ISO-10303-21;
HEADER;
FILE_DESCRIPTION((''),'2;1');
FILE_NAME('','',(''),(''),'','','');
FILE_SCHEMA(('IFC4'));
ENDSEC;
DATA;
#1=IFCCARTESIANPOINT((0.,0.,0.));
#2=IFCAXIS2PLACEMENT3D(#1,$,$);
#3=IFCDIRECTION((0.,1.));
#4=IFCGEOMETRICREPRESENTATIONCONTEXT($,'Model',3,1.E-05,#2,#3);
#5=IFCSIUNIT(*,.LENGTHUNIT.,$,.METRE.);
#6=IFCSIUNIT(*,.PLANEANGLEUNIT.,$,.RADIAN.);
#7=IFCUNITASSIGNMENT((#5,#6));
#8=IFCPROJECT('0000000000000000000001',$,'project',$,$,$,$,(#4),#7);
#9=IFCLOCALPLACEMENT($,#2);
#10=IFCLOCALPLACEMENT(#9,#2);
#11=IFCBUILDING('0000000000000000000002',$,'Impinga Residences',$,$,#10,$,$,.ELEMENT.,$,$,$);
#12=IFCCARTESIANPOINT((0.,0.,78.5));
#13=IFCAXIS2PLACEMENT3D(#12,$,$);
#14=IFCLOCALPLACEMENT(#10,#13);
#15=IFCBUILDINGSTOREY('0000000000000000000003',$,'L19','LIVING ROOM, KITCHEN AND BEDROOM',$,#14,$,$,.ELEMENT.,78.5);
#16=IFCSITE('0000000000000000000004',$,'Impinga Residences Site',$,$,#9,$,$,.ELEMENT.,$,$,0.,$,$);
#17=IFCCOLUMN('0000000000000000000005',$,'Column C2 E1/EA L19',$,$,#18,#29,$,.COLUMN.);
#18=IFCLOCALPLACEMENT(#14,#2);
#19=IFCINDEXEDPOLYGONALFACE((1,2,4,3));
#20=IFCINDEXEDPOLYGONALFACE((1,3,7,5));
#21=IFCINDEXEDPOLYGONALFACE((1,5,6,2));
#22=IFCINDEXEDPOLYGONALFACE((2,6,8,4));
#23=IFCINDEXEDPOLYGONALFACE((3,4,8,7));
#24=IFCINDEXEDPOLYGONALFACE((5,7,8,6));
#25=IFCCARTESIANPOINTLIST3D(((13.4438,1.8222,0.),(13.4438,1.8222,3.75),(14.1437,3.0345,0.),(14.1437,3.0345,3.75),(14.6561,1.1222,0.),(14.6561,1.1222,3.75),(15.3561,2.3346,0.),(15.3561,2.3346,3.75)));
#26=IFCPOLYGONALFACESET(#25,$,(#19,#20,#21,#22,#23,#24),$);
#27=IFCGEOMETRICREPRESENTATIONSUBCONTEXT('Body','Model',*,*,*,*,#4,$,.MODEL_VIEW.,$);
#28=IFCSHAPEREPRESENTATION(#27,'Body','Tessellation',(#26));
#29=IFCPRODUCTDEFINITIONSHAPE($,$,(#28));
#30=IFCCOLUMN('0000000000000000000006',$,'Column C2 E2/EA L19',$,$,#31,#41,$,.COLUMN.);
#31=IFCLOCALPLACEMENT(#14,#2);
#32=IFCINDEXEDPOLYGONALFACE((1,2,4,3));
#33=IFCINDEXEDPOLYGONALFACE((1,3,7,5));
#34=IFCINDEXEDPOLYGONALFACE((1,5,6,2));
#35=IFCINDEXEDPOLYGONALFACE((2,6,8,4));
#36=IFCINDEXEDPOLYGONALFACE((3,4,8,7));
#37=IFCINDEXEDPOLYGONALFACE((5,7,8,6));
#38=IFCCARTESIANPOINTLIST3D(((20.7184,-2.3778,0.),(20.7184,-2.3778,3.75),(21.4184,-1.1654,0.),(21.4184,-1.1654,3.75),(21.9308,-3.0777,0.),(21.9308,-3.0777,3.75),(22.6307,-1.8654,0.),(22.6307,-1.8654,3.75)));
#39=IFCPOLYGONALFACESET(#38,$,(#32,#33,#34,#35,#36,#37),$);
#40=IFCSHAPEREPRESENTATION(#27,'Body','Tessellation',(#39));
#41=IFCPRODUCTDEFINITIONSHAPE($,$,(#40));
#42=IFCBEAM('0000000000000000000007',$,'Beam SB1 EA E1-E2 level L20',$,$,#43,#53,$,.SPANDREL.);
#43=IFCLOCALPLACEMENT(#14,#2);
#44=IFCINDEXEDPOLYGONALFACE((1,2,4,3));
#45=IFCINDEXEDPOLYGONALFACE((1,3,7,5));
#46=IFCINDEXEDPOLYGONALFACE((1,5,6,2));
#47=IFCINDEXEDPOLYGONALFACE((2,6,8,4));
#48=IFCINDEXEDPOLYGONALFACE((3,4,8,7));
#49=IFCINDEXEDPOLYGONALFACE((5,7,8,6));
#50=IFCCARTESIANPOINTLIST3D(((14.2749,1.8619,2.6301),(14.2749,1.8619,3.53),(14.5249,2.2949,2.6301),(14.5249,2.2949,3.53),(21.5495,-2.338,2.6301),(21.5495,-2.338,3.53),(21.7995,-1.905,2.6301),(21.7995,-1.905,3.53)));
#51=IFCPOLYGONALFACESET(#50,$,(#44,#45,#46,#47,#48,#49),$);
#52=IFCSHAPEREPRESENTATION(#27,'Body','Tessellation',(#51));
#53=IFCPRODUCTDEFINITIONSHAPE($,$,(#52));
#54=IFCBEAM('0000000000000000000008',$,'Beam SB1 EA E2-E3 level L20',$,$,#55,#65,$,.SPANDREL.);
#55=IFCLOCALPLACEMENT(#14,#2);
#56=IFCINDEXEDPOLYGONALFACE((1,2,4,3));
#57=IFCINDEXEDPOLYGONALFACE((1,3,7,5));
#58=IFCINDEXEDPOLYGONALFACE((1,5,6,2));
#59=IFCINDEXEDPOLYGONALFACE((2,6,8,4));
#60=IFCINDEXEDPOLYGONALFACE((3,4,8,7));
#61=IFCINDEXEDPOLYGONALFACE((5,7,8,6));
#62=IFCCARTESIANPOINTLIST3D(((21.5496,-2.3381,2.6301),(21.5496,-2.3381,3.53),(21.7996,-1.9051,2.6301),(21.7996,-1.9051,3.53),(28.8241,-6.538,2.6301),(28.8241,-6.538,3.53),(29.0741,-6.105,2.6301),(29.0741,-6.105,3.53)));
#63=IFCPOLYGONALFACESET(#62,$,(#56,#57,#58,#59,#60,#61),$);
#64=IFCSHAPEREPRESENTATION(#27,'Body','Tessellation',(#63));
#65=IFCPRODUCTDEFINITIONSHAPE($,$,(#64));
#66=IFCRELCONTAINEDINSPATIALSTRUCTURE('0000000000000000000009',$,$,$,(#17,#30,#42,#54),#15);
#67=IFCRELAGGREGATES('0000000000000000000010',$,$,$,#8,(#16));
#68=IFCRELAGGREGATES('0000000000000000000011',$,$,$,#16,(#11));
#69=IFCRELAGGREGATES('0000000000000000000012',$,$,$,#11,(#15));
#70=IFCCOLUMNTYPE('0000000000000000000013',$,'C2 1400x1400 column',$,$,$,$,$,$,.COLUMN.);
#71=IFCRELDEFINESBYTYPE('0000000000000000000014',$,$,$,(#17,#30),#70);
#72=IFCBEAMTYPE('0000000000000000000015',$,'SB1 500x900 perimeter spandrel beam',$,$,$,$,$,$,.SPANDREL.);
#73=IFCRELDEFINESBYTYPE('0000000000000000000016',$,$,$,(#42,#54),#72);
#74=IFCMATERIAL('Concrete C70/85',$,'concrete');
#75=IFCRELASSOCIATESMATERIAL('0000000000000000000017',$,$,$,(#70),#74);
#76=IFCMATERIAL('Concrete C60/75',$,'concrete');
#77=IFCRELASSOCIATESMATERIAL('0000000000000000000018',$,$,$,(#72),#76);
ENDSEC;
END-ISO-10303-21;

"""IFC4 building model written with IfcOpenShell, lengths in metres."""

from ifc_helpers import new_model, si_unit, direction, frame, origin, origin_2d, place, context, subcontext, project, spatial, rectangle, extrude, material, material_profile, profile_set, type_object, element, save


model = new_model("IFC4")

# Units and contexts
model_context = context("Model", 3, precision=1e-05, world=origin(), true_north=direction((0.0, 1.0)))
body_context = subcontext(model_context, "Body", "Model", "MODEL_VIEW")
ifc_project = project(units=[si_unit("LENGTHUNIT", "METRE"), si_unit("PLANEANGLEUNIT", "RADIAN")], contexts=[model_context])

# Site, building, storey
site_placement = place(None, origin())
site = spatial("IfcSite", under=ifc_project, at=site_placement, Name="Impinga Residences Site", CompositionType="ELEMENT", RefElevation=0.0)
building_placement = place(site_placement, origin())
building = spatial("IfcBuilding", under=site, at=building_placement, Name="Impinga Residences", CompositionType="ELEMENT")
storey_placement = place(building_placement, frame((0.0, 0.0, 78.5)))
storey = spatial("IfcBuildingStorey", under=building, at=storey_placement, Name="L19", Description="LIVING ROOM, KITCHEN AND BEDROOM", CompositionType="ELEMENT", Elevation=78.5)

# Columns
ifc_material_1 = material(Name="Concrete C70/85", Category="concrete")
ifc_material_profile_1 = material_profile(ifc_material_1, rectangle(XDim=1.3999, YDim=1.3999, at=origin_2d()), Name="RC 1400x1400")
ifc_profile_set_1 = profile_set([ifc_material_profile_1], Name="Concrete C70/85")
column_type = type_object("IfcColumnType", Name="C2 1400x1400 column", PredefinedType="COLUMN", material=ifc_profile_set_1)
for number, where, z_axis, x_axis, name in (
    (1, (14.3999, 2.0784, 0.0), (0.0, 0.0, 1.0), (-0.5, -0.866025, 0.0), "Column C2 E1/EA L19"),
    (2, (21.6746, -2.1216, 0.0), (0.0, 0.0, 1.0), (-0.5, -0.866025, 0.0), "Column C2 E2/EA L19"),
):
    element("IfcColumn", number, at=place(storey_placement, frame(where, z_axis=z_axis, x_axis=x_axis)), inside=storey, type_object=column_type, Name=name, PredefinedType="COLUMN", context=body_context, shape_type="SweptSolid", body=[
        extrude(rectangle(XDim=1.3999, YDim=1.3999, at=origin_2d()), origin(), (0.0, 0.0, 1.0), 3.75),
    ])

# Beams
ifc_material_2 = material(Name="Concrete C60/75", Category="concrete")
ifc_material_profile_2 = material_profile(ifc_material_2, rectangle(XDim=0.5, YDim=0.8999, at=origin_2d()), Name="RC 500x900")
ifc_profile_set_2 = profile_set([ifc_material_profile_2], Name="Concrete C60/75")
beam_type = type_object("IfcBeamType", Name="SB1 500x900 perimeter spandrel beam", PredefinedType="SPANDREL", material=ifc_profile_set_2)
for number, where, z_axis, x_axis, name in (
    (3, (14.3999, 2.0784, 3.0801), (0.866029, -0.499993, 0.0), (0.499993, 0.866029, 0.0), "Beam SB1 EA E1-E2 level L20"),
    (4, (21.6746, -2.1216, 3.0801), (0.866029, -0.499993, 0.0), (0.499993, 0.866029, 0.0), "Beam SB1 EA E2-E3 level L20"),
):
    element("IfcBeam", number, at=place(storey_placement, frame(where, z_axis=z_axis, x_axis=x_axis)), inside=storey, type_object=beam_type, Name=name, PredefinedType="SPANDREL", context=body_context, shape_type="SweptSolid", body=[
        extrude(rectangle(XDim=0.5, YDim=0.8999, at=origin_2d()), origin(), (0.0, 0.0, 1.0), 8.3999),
    ])

save(model, "model.ifc")
